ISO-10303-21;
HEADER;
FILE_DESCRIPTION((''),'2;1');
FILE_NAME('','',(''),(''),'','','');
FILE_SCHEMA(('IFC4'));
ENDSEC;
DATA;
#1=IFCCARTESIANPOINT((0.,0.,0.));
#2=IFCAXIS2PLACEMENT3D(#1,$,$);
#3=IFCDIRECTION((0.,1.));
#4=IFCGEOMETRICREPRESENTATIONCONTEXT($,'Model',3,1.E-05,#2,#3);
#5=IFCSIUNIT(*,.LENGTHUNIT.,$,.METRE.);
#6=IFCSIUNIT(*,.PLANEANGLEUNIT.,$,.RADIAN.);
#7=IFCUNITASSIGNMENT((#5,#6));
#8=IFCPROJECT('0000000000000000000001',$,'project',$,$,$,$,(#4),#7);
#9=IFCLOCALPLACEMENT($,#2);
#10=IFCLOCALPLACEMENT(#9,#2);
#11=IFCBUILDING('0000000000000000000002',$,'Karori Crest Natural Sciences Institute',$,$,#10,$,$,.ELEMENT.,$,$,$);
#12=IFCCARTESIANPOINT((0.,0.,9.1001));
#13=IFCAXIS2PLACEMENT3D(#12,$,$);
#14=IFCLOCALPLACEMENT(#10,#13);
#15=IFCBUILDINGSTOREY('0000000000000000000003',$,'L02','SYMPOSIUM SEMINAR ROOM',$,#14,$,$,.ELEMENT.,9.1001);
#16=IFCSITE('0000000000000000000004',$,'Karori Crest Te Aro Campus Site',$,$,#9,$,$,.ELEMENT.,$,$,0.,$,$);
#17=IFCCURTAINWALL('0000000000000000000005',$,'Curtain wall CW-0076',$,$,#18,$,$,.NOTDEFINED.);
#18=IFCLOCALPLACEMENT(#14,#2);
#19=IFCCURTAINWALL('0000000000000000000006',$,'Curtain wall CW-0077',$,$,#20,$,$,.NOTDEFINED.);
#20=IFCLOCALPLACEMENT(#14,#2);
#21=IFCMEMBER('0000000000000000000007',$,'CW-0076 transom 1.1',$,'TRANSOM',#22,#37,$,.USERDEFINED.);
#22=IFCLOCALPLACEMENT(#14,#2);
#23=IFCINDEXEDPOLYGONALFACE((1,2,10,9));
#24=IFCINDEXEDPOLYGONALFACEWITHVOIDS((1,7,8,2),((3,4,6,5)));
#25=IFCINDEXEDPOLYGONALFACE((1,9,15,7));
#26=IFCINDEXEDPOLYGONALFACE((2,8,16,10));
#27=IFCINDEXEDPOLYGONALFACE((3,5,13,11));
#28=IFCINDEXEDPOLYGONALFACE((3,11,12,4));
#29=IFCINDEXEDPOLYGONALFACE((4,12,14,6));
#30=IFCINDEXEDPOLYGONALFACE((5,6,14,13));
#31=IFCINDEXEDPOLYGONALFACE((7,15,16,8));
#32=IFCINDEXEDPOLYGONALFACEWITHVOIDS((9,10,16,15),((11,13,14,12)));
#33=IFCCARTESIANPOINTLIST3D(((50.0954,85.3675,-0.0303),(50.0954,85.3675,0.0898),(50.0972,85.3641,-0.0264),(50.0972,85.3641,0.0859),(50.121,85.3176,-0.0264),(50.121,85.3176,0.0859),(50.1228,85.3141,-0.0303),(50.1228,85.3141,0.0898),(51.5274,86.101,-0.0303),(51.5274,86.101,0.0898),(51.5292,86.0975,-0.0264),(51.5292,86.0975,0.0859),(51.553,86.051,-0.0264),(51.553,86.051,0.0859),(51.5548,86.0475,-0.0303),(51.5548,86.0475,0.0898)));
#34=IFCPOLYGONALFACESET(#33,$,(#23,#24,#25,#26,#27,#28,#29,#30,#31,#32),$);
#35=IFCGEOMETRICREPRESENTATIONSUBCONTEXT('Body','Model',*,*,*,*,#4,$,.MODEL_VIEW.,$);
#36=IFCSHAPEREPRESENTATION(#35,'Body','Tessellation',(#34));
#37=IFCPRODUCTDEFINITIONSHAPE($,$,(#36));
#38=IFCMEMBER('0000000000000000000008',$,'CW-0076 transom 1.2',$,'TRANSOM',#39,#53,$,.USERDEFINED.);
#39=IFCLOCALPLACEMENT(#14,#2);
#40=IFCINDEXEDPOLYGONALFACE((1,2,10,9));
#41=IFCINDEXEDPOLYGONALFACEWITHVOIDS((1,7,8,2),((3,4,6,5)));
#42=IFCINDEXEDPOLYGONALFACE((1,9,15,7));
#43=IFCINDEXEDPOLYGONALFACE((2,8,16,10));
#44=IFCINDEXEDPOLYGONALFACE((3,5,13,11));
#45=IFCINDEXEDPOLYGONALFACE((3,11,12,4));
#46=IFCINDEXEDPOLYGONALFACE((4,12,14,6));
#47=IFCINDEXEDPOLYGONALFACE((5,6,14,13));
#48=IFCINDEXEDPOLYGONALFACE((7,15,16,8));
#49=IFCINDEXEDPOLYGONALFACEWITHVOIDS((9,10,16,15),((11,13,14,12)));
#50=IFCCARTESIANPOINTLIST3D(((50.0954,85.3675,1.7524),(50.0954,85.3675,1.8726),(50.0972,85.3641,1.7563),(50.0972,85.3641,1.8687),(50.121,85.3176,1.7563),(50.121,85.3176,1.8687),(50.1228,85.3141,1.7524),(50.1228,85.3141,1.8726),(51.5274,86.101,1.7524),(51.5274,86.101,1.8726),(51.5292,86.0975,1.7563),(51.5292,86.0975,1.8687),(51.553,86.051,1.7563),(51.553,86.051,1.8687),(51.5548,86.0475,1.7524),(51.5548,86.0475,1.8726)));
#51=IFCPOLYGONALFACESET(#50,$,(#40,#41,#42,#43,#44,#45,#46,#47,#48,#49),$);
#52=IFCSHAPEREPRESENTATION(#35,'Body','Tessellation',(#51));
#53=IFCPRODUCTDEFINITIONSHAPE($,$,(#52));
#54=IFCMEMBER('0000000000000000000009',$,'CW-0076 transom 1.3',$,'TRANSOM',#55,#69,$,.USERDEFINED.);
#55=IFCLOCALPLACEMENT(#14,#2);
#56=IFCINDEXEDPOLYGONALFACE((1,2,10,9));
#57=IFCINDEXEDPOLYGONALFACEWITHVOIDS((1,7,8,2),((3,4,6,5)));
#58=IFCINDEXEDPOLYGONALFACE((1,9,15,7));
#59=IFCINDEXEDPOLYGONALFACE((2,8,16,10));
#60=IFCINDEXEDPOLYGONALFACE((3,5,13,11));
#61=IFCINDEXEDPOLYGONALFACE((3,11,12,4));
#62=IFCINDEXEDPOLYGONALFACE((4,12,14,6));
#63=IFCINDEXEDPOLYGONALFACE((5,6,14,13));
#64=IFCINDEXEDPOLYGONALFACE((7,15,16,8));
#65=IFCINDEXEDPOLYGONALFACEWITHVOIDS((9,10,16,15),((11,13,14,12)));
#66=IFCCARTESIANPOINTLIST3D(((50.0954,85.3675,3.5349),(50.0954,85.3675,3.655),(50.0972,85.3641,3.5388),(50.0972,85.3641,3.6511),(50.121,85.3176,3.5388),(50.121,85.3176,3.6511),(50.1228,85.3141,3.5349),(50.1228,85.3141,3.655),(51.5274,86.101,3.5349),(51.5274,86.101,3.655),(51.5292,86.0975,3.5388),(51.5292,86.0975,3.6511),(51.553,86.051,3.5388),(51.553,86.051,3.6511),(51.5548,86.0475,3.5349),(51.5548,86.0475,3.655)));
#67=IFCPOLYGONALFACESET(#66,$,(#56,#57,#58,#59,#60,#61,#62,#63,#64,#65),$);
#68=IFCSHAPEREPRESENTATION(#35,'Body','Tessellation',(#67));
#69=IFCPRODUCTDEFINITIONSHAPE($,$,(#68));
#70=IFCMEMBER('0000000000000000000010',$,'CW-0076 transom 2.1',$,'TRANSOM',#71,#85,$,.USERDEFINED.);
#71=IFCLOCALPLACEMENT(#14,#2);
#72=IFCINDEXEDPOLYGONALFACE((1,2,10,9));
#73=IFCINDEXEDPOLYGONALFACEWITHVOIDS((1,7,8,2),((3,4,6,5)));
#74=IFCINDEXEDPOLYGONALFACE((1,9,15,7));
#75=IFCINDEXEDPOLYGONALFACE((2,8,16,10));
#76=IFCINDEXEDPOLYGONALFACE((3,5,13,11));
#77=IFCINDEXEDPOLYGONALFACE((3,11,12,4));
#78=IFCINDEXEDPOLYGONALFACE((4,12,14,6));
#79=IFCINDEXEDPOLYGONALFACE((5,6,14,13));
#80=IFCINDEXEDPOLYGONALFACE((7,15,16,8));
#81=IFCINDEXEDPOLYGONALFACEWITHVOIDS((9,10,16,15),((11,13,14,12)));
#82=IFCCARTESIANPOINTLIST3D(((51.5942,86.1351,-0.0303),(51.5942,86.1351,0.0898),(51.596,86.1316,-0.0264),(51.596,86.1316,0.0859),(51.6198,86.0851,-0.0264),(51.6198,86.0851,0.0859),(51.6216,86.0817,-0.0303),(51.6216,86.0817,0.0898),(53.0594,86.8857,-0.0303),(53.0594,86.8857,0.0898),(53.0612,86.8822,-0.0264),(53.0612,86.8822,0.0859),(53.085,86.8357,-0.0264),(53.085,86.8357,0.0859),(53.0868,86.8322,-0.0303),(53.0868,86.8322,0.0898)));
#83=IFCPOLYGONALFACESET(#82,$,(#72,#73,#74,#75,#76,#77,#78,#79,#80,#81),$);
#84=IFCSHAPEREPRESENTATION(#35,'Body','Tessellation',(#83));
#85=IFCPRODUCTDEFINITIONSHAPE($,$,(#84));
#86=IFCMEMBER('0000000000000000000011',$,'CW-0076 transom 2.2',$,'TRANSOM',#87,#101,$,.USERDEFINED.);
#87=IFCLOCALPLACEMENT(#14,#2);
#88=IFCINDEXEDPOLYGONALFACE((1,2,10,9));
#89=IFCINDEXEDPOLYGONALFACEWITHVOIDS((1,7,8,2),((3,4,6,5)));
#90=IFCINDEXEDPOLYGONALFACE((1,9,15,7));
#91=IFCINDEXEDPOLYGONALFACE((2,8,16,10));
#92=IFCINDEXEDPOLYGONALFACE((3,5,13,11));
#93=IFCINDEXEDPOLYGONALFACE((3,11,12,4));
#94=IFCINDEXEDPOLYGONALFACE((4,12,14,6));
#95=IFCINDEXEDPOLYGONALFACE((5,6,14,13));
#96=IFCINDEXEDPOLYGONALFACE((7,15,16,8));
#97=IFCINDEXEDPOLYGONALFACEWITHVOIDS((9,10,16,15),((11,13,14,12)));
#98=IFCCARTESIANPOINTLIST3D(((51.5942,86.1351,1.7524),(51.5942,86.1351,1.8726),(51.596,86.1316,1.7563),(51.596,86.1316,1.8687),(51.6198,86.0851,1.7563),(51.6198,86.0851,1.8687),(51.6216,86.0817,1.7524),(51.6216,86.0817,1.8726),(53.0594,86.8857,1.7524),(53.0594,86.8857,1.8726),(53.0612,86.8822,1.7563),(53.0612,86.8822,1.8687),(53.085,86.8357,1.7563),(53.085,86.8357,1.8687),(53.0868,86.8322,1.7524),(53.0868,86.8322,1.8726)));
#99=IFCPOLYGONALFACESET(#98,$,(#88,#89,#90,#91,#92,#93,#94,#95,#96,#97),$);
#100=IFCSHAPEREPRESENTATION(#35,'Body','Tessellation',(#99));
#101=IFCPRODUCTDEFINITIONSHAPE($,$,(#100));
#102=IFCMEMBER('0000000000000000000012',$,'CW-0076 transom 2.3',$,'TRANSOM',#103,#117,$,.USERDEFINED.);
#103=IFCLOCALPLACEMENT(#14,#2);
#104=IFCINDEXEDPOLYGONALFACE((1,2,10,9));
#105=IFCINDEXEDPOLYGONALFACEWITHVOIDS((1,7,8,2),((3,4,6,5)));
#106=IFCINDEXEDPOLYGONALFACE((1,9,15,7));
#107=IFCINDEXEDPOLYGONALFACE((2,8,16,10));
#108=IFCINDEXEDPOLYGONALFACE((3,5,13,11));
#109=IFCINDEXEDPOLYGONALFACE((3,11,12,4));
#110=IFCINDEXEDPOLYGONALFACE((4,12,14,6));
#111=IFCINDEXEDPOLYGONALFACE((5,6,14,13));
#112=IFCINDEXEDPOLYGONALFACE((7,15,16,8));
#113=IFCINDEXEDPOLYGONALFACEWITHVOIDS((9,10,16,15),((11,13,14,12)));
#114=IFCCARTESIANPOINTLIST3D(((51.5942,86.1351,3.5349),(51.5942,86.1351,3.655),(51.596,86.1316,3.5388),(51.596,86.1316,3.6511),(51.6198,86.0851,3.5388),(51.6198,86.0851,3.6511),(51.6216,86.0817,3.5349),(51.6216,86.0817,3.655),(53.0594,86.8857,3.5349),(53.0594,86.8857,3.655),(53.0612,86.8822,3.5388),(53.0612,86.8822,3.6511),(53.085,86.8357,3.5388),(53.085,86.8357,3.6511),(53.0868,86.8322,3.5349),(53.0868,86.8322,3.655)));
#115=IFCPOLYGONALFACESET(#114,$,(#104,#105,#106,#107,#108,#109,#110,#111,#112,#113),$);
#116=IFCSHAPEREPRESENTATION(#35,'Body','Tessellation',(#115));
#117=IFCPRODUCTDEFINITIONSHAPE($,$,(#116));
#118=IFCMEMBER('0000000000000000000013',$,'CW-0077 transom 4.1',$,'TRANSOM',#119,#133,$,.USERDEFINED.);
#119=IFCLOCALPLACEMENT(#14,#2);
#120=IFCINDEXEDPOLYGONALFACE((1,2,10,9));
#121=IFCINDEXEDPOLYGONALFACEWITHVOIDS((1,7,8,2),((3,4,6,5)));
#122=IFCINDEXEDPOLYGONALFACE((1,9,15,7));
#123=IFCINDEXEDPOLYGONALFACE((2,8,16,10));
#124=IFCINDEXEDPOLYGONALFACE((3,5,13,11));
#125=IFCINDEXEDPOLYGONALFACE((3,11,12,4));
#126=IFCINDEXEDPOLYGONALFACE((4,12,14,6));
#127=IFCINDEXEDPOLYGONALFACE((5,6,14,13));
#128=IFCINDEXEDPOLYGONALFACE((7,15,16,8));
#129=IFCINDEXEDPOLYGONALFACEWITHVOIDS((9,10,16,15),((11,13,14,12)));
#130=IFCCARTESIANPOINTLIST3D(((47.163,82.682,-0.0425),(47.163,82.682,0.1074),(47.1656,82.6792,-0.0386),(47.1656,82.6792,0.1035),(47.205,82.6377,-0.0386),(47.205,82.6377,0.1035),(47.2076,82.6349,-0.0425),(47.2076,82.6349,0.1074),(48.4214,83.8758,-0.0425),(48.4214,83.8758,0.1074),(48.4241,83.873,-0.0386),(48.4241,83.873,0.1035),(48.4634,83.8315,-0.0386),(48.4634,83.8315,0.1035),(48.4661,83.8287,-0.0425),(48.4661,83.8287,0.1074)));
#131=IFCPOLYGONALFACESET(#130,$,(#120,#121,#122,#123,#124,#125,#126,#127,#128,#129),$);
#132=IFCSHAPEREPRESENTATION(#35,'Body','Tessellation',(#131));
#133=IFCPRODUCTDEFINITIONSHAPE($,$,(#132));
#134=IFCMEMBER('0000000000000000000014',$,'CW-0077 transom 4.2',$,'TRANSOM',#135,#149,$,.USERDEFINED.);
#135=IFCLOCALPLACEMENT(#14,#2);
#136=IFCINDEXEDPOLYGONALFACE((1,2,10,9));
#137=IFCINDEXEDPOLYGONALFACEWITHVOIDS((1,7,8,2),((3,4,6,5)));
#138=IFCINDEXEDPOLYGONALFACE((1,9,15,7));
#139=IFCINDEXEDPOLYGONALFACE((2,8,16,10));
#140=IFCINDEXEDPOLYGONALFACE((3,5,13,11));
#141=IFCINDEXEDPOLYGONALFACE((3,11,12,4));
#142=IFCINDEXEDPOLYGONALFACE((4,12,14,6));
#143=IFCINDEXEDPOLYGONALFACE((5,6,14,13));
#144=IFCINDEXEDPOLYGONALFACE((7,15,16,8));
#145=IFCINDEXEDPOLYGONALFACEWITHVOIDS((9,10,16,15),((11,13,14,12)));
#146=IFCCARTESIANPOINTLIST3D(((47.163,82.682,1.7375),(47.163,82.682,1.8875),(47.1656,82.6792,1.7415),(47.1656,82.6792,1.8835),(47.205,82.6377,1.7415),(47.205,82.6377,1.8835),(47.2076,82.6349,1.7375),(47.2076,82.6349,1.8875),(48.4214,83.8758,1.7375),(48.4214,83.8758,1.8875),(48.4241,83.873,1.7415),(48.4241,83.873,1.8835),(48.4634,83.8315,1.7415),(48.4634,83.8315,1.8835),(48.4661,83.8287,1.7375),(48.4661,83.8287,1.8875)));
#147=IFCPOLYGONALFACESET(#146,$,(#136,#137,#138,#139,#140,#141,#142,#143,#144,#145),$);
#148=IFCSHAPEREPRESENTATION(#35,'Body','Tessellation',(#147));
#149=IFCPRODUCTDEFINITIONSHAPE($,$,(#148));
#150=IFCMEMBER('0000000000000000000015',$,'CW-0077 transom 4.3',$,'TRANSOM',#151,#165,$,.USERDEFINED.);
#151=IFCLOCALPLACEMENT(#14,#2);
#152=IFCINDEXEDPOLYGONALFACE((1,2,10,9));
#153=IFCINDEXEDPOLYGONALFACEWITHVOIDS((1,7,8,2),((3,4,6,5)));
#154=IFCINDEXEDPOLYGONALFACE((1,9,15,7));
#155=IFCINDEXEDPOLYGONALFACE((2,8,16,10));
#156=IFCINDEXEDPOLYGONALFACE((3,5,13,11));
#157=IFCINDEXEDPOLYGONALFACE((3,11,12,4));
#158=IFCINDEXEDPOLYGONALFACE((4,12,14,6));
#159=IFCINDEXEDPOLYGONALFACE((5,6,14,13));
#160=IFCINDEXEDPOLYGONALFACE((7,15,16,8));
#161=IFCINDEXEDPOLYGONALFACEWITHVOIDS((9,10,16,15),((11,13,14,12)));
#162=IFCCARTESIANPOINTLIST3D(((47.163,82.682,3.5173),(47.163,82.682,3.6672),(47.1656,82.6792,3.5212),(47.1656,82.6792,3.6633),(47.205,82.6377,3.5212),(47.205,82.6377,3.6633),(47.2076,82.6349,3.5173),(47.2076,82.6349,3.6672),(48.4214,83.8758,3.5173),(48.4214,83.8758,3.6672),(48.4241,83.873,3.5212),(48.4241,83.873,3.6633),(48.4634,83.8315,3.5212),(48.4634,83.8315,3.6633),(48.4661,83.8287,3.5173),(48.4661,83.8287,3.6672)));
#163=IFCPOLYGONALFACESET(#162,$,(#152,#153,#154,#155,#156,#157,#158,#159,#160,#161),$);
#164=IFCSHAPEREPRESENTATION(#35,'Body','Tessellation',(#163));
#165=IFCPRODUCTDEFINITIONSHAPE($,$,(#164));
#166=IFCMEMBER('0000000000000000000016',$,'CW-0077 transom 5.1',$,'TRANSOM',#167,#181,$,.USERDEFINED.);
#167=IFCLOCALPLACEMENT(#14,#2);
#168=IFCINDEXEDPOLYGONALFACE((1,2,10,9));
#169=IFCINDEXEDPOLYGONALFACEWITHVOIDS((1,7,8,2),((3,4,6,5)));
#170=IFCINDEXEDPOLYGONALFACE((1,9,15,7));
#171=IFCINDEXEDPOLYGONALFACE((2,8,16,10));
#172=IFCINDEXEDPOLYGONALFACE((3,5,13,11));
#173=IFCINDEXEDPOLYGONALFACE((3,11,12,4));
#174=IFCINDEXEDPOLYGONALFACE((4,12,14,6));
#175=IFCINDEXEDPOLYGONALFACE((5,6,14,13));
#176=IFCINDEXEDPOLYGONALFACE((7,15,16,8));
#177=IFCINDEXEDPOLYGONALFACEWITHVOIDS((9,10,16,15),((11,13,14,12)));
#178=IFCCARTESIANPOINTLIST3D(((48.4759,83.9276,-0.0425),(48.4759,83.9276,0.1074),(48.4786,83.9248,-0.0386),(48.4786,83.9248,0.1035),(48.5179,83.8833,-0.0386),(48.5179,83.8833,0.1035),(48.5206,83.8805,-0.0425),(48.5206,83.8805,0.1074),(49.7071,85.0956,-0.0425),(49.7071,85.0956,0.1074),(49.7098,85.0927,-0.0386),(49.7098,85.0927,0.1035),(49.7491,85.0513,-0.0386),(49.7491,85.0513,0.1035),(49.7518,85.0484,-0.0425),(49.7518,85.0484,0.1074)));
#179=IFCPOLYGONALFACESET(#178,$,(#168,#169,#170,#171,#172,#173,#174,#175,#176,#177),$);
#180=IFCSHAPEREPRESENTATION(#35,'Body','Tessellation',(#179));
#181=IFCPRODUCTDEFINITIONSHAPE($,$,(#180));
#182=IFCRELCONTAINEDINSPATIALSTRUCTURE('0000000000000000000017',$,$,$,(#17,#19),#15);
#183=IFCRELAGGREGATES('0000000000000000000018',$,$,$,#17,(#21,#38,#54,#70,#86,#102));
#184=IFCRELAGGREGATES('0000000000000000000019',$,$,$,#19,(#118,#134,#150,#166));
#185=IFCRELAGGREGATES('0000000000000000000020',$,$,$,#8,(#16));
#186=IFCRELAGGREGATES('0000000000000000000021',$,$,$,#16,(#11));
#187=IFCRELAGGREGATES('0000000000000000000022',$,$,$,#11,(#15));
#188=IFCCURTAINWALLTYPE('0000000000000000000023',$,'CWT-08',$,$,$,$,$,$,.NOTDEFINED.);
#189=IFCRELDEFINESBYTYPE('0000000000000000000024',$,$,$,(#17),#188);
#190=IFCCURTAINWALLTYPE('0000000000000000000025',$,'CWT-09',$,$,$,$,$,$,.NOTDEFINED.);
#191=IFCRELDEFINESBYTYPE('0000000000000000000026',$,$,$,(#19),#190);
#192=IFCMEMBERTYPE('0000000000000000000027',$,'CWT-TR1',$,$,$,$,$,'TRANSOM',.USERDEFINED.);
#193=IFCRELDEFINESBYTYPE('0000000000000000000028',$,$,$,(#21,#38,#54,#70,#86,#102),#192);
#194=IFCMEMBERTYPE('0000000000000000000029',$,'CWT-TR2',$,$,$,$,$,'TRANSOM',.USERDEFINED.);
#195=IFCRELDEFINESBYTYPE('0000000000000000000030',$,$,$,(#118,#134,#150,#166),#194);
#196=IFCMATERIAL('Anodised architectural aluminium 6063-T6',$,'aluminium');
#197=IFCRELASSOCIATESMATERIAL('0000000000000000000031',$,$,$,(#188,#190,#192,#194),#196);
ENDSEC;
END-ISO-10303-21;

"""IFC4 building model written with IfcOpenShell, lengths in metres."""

from ifc_helpers import new_model, si_unit, direction, frame, origin, origin_2d, place, context, subcontext, project, spatial, hollow_rectangle, extrude, material, material_profile, profile_set, type_object, element, aggregate, save


model = new_model("IFC4")

# Units and contexts
model_context = context("Model", 3, precision=1e-05, world=origin(), true_north=direction((0.0, 1.0)))
body_context = subcontext(model_context, "Body", "Model", "MODEL_VIEW")
ifc_project = project(units=[si_unit("LENGTHUNIT", "METRE"), si_unit("PLANEANGLEUNIT", "RADIAN")], contexts=[model_context])

# Site, building, storey
site_placement = place(None, origin())
site = spatial("IfcSite", under=ifc_project, at=site_placement, Name="Karori Crest Te Aro Campus Site", CompositionType="ELEMENT", RefElevation=0.0)
building_placement = place(site_placement, origin())
building = spatial("IfcBuilding", under=site, at=building_placement, Name="Karori Crest Natural Sciences Institute", CompositionType="ELEMENT")
storey_placement = place(building_placement, frame((0.0, 0.0, 9.1001)))
storey = spatial("IfcBuildingStorey", under=building, at=storey_placement, Name="L02", Description="SYMPOSIUM SEMINAR ROOM", CompositionType="ELEMENT", Elevation=9.1001)

# Curtain walls
ifc_material_1 = material(Name="Anodised architectural aluminium 6063-T6", Category="aluminium")
curtain_wall_type_1 = type_object("IfcCurtainWallType", Name="CWT-08", PredefinedType="NOTDEFINED", material=ifc_material_1)
curtain_wall_1_placement = place(storey_placement, origin())
curtain_wall_1 = element("IfcCurtainWall", 1, at=curtain_wall_1_placement, inside=storey, type_object=curtain_wall_type_1, Name="Curtain wall CW-0076", PredefinedType="NOTDEFINED")
curtain_wall_type_2 = type_object("IfcCurtainWallType", Name="CWT-09", PredefinedType="NOTDEFINED", material=ifc_material_1)
curtain_wall_2_placement = place(storey_placement, origin())
curtain_wall_2 = element("IfcCurtainWall", 2, at=curtain_wall_2_placement, inside=storey, type_object=curtain_wall_type_2, Name="Curtain wall CW-0077", PredefinedType="NOTDEFINED")

# Members
ifc_material_profile_1 = material_profile(ifc_material_1, hollow_rectangle(XDim=0.0601, YDim=0.1201, WallThickness=0.0039, at=origin_2d()), Name="CWT120x60x4")
ifc_profile_set_1 = profile_set([ifc_material_profile_1], Name="Anodised architectural aluminium 6063-T6")
member_type_1 = type_object("IfcMemberType", Name="CWT-TR1", ElementType="TRANSOM", PredefinedType="USERDEFINED", material=ifc_profile_set_1)
member_1_placement = place(storey_placement, frame((50.1091, 85.3408, 0.0298), z_axis=(0.890045, 0.455873, 0.0), x_axis=(-0.455873, 0.890045, 0.0)))
member_1 = element("IfcMember", 3, at=member_1_placement, type_object=member_type_1, Name="CW-0076 transom 1.1", ObjectType="TRANSOM", PredefinedType="USERDEFINED", context=body_context, shape_type="SweptSolid", body=[
    extrude(hollow_rectangle(XDim=0.0601, YDim=0.1201, WallThickness=0.0039, at=origin_2d()), origin(), (0.0, 0.0, 1.0), 1.6089),
])
member_2_placement = place(storey_placement, frame((50.1091, 85.3408, 1.8125), z_axis=(0.890045, 0.455873, 0.0), x_axis=(-0.455873, 0.890045, 0.0)))
member_2 = element("IfcMember", 4, at=member_2_placement, type_object=member_type_1, Name="CW-0076 transom 1.2", ObjectType="TRANSOM", PredefinedType="USERDEFINED", context=body_context, shape_type="SweptSolid", body=[
    extrude(hollow_rectangle(XDim=0.0601, YDim=0.1201, WallThickness=0.0039, at=origin_2d()), origin(), (0.0, 0.0, 1.0), 1.6089),
])
member_3_placement = place(storey_placement, frame((50.1091, 85.3408, 3.595), z_axis=(0.890045, 0.455873, 0.0), x_axis=(-0.455873, 0.890045, 0.0)))
member_3 = element("IfcMember", 5, at=member_3_placement, type_object=member_type_1, Name="CW-0076 transom 1.3", ObjectType="TRANSOM", PredefinedType="USERDEFINED", context=body_context, shape_type="SweptSolid", body=[
    extrude(hollow_rectangle(XDim=0.0601, YDim=0.1201, WallThickness=0.0039, at=origin_2d()), origin(), (0.0, 0.0, 1.0), 1.6089),
])
member_4_placement = place(storey_placement, frame((51.6079, 86.1084, 0.0298), z_axis=(0.890024, 0.455913, 0.0), x_axis=(-0.455913, 0.890024, 0.0)))
member_4 = element("IfcMember", 6, at=member_4_placement, type_object=member_type_1, Name="CW-0076 transom 2.1", ObjectType="TRANSOM", PredefinedType="USERDEFINED", context=body_context, shape_type="SweptSolid", body=[
    extrude(hollow_rectangle(XDim=0.0601, YDim=0.1201, WallThickness=0.0039, at=origin_2d()), origin(), (0.0, 0.0, 1.0), 1.6462),
])
member_5_placement = place(storey_placement, frame((51.6079, 86.1084, 1.8125), z_axis=(0.890024, 0.455913, 0.0), x_axis=(-0.455913, 0.890024, 0.0)))
member_5 = element("IfcMember", 7, at=member_5_placement, type_object=member_type_1, Name="CW-0076 transom 2.2", ObjectType="TRANSOM", PredefinedType="USERDEFINED", context=body_context, shape_type="SweptSolid", body=[
    extrude(hollow_rectangle(XDim=0.0601, YDim=0.1201, WallThickness=0.0039, at=origin_2d()), origin(), (0.0, 0.0, 1.0), 1.6462),
])
member_6_placement = place(storey_placement, frame((51.6079, 86.1084, 3.595), z_axis=(0.890024, 0.455913, 0.0), x_axis=(-0.455913, 0.890024, 0.0)))
member_6 = element("IfcMember", 8, at=member_6_placement, type_object=member_type_1, Name="CW-0076 transom 2.3", ObjectType="TRANSOM", PredefinedType="USERDEFINED", context=body_context, shape_type="SweptSolid", body=[
    extrude(hollow_rectangle(XDim=0.0601, YDim=0.1201, WallThickness=0.0039, at=origin_2d()), origin(), (0.0, 0.0, 1.0), 1.6462),
])
ifc_material_profile_2 = material_profile(ifc_material_1, hollow_rectangle(XDim=0.0649, YDim=0.1499, WallThickness=0.0039, at=origin_2d()), Name="CWT150x65x4")
ifc_profile_set_2 = profile_set([ifc_material_profile_2], Name="Anodised architectural aluminium 6063-T6")
member_type_2 = type_object("IfcMemberType", Name="CWT-TR2", ElementType="TRANSOM", PredefinedType="USERDEFINED", material=ifc_profile_set_2)
member_7_placement = place(storey_placement, frame((47.1853, 82.6584, 0.0325), z_axis=(0.725509, 0.688213, 0.0), x_axis=(-0.688213, 0.725509, 0.0)))
member_7 = element("IfcMember", 9, at=member_7_placement, type_object=member_type_2, Name="CW-0077 transom 4.1", ObjectType="TRANSOM", PredefinedType="USERDEFINED", context=body_context, shape_type="SweptSolid", body=[
    extrude(hollow_rectangle(XDim=0.0649, YDim=0.1499, WallThickness=0.0039, at=origin_2d()), origin(), (0.0, 0.0, 1.0), 1.7346),
])
member_8_placement = place(storey_placement, frame((47.1853, 82.6584, 1.8125), z_axis=(0.725509, 0.688213, 0.0), x_axis=(-0.688213, 0.725509, 0.0)))
member_8 = element("IfcMember", 10, at=member_8_placement, type_object=member_type_2, Name="CW-0077 transom 4.2", ObjectType="TRANSOM", PredefinedType="USERDEFINED", context=body_context, shape_type="SweptSolid", body=[
    extrude(hollow_rectangle(XDim=0.0649, YDim=0.1499, WallThickness=0.0039, at=origin_2d()), origin(), (0.0, 0.0, 1.0), 1.7346),
])
member_9_placement = place(storey_placement, frame((47.1853, 82.6584, 3.5923), z_axis=(0.725509, 0.688213, 0.0), x_axis=(-0.688213, 0.725509, 0.0)))
member_9 = element("IfcMember", 11, at=member_9_placement, type_object=member_type_2, Name="CW-0077 transom 4.3", ObjectType="TRANSOM", PredefinedType="USERDEFINED", context=body_context, shape_type="SweptSolid", body=[
    extrude(hollow_rectangle(XDim=0.0649, YDim=0.1499, WallThickness=0.0039, at=origin_2d()), origin(), (0.0, 0.0, 1.0), 1.7346),
])
member_10_placement = place(storey_placement, frame((48.4983, 83.9041, 0.0325), z_axis=(0.725491, 0.688231, 0.0), x_axis=(-0.688231, 0.725491, 0.0)))
member_10 = element("IfcMember", 12, at=member_10_placement, type_object=member_type_2, Name="CW-0077 transom 5.1", ObjectType="TRANSOM", PredefinedType="USERDEFINED", context=body_context, shape_type="SweptSolid", body=[
    extrude(hollow_rectangle(XDim=0.0649, YDim=0.1499, WallThickness=0.0039, at=origin_2d()), origin(), (0.0, 0.0, 1.0), 1.697),
])

aggregate(curtain_wall_1, [member_1, member_2, member_3, member_4, member_5, member_6])
aggregate(curtain_wall_2, [member_7, member_8, member_9, member_10])

save(model, "model.ifc")
